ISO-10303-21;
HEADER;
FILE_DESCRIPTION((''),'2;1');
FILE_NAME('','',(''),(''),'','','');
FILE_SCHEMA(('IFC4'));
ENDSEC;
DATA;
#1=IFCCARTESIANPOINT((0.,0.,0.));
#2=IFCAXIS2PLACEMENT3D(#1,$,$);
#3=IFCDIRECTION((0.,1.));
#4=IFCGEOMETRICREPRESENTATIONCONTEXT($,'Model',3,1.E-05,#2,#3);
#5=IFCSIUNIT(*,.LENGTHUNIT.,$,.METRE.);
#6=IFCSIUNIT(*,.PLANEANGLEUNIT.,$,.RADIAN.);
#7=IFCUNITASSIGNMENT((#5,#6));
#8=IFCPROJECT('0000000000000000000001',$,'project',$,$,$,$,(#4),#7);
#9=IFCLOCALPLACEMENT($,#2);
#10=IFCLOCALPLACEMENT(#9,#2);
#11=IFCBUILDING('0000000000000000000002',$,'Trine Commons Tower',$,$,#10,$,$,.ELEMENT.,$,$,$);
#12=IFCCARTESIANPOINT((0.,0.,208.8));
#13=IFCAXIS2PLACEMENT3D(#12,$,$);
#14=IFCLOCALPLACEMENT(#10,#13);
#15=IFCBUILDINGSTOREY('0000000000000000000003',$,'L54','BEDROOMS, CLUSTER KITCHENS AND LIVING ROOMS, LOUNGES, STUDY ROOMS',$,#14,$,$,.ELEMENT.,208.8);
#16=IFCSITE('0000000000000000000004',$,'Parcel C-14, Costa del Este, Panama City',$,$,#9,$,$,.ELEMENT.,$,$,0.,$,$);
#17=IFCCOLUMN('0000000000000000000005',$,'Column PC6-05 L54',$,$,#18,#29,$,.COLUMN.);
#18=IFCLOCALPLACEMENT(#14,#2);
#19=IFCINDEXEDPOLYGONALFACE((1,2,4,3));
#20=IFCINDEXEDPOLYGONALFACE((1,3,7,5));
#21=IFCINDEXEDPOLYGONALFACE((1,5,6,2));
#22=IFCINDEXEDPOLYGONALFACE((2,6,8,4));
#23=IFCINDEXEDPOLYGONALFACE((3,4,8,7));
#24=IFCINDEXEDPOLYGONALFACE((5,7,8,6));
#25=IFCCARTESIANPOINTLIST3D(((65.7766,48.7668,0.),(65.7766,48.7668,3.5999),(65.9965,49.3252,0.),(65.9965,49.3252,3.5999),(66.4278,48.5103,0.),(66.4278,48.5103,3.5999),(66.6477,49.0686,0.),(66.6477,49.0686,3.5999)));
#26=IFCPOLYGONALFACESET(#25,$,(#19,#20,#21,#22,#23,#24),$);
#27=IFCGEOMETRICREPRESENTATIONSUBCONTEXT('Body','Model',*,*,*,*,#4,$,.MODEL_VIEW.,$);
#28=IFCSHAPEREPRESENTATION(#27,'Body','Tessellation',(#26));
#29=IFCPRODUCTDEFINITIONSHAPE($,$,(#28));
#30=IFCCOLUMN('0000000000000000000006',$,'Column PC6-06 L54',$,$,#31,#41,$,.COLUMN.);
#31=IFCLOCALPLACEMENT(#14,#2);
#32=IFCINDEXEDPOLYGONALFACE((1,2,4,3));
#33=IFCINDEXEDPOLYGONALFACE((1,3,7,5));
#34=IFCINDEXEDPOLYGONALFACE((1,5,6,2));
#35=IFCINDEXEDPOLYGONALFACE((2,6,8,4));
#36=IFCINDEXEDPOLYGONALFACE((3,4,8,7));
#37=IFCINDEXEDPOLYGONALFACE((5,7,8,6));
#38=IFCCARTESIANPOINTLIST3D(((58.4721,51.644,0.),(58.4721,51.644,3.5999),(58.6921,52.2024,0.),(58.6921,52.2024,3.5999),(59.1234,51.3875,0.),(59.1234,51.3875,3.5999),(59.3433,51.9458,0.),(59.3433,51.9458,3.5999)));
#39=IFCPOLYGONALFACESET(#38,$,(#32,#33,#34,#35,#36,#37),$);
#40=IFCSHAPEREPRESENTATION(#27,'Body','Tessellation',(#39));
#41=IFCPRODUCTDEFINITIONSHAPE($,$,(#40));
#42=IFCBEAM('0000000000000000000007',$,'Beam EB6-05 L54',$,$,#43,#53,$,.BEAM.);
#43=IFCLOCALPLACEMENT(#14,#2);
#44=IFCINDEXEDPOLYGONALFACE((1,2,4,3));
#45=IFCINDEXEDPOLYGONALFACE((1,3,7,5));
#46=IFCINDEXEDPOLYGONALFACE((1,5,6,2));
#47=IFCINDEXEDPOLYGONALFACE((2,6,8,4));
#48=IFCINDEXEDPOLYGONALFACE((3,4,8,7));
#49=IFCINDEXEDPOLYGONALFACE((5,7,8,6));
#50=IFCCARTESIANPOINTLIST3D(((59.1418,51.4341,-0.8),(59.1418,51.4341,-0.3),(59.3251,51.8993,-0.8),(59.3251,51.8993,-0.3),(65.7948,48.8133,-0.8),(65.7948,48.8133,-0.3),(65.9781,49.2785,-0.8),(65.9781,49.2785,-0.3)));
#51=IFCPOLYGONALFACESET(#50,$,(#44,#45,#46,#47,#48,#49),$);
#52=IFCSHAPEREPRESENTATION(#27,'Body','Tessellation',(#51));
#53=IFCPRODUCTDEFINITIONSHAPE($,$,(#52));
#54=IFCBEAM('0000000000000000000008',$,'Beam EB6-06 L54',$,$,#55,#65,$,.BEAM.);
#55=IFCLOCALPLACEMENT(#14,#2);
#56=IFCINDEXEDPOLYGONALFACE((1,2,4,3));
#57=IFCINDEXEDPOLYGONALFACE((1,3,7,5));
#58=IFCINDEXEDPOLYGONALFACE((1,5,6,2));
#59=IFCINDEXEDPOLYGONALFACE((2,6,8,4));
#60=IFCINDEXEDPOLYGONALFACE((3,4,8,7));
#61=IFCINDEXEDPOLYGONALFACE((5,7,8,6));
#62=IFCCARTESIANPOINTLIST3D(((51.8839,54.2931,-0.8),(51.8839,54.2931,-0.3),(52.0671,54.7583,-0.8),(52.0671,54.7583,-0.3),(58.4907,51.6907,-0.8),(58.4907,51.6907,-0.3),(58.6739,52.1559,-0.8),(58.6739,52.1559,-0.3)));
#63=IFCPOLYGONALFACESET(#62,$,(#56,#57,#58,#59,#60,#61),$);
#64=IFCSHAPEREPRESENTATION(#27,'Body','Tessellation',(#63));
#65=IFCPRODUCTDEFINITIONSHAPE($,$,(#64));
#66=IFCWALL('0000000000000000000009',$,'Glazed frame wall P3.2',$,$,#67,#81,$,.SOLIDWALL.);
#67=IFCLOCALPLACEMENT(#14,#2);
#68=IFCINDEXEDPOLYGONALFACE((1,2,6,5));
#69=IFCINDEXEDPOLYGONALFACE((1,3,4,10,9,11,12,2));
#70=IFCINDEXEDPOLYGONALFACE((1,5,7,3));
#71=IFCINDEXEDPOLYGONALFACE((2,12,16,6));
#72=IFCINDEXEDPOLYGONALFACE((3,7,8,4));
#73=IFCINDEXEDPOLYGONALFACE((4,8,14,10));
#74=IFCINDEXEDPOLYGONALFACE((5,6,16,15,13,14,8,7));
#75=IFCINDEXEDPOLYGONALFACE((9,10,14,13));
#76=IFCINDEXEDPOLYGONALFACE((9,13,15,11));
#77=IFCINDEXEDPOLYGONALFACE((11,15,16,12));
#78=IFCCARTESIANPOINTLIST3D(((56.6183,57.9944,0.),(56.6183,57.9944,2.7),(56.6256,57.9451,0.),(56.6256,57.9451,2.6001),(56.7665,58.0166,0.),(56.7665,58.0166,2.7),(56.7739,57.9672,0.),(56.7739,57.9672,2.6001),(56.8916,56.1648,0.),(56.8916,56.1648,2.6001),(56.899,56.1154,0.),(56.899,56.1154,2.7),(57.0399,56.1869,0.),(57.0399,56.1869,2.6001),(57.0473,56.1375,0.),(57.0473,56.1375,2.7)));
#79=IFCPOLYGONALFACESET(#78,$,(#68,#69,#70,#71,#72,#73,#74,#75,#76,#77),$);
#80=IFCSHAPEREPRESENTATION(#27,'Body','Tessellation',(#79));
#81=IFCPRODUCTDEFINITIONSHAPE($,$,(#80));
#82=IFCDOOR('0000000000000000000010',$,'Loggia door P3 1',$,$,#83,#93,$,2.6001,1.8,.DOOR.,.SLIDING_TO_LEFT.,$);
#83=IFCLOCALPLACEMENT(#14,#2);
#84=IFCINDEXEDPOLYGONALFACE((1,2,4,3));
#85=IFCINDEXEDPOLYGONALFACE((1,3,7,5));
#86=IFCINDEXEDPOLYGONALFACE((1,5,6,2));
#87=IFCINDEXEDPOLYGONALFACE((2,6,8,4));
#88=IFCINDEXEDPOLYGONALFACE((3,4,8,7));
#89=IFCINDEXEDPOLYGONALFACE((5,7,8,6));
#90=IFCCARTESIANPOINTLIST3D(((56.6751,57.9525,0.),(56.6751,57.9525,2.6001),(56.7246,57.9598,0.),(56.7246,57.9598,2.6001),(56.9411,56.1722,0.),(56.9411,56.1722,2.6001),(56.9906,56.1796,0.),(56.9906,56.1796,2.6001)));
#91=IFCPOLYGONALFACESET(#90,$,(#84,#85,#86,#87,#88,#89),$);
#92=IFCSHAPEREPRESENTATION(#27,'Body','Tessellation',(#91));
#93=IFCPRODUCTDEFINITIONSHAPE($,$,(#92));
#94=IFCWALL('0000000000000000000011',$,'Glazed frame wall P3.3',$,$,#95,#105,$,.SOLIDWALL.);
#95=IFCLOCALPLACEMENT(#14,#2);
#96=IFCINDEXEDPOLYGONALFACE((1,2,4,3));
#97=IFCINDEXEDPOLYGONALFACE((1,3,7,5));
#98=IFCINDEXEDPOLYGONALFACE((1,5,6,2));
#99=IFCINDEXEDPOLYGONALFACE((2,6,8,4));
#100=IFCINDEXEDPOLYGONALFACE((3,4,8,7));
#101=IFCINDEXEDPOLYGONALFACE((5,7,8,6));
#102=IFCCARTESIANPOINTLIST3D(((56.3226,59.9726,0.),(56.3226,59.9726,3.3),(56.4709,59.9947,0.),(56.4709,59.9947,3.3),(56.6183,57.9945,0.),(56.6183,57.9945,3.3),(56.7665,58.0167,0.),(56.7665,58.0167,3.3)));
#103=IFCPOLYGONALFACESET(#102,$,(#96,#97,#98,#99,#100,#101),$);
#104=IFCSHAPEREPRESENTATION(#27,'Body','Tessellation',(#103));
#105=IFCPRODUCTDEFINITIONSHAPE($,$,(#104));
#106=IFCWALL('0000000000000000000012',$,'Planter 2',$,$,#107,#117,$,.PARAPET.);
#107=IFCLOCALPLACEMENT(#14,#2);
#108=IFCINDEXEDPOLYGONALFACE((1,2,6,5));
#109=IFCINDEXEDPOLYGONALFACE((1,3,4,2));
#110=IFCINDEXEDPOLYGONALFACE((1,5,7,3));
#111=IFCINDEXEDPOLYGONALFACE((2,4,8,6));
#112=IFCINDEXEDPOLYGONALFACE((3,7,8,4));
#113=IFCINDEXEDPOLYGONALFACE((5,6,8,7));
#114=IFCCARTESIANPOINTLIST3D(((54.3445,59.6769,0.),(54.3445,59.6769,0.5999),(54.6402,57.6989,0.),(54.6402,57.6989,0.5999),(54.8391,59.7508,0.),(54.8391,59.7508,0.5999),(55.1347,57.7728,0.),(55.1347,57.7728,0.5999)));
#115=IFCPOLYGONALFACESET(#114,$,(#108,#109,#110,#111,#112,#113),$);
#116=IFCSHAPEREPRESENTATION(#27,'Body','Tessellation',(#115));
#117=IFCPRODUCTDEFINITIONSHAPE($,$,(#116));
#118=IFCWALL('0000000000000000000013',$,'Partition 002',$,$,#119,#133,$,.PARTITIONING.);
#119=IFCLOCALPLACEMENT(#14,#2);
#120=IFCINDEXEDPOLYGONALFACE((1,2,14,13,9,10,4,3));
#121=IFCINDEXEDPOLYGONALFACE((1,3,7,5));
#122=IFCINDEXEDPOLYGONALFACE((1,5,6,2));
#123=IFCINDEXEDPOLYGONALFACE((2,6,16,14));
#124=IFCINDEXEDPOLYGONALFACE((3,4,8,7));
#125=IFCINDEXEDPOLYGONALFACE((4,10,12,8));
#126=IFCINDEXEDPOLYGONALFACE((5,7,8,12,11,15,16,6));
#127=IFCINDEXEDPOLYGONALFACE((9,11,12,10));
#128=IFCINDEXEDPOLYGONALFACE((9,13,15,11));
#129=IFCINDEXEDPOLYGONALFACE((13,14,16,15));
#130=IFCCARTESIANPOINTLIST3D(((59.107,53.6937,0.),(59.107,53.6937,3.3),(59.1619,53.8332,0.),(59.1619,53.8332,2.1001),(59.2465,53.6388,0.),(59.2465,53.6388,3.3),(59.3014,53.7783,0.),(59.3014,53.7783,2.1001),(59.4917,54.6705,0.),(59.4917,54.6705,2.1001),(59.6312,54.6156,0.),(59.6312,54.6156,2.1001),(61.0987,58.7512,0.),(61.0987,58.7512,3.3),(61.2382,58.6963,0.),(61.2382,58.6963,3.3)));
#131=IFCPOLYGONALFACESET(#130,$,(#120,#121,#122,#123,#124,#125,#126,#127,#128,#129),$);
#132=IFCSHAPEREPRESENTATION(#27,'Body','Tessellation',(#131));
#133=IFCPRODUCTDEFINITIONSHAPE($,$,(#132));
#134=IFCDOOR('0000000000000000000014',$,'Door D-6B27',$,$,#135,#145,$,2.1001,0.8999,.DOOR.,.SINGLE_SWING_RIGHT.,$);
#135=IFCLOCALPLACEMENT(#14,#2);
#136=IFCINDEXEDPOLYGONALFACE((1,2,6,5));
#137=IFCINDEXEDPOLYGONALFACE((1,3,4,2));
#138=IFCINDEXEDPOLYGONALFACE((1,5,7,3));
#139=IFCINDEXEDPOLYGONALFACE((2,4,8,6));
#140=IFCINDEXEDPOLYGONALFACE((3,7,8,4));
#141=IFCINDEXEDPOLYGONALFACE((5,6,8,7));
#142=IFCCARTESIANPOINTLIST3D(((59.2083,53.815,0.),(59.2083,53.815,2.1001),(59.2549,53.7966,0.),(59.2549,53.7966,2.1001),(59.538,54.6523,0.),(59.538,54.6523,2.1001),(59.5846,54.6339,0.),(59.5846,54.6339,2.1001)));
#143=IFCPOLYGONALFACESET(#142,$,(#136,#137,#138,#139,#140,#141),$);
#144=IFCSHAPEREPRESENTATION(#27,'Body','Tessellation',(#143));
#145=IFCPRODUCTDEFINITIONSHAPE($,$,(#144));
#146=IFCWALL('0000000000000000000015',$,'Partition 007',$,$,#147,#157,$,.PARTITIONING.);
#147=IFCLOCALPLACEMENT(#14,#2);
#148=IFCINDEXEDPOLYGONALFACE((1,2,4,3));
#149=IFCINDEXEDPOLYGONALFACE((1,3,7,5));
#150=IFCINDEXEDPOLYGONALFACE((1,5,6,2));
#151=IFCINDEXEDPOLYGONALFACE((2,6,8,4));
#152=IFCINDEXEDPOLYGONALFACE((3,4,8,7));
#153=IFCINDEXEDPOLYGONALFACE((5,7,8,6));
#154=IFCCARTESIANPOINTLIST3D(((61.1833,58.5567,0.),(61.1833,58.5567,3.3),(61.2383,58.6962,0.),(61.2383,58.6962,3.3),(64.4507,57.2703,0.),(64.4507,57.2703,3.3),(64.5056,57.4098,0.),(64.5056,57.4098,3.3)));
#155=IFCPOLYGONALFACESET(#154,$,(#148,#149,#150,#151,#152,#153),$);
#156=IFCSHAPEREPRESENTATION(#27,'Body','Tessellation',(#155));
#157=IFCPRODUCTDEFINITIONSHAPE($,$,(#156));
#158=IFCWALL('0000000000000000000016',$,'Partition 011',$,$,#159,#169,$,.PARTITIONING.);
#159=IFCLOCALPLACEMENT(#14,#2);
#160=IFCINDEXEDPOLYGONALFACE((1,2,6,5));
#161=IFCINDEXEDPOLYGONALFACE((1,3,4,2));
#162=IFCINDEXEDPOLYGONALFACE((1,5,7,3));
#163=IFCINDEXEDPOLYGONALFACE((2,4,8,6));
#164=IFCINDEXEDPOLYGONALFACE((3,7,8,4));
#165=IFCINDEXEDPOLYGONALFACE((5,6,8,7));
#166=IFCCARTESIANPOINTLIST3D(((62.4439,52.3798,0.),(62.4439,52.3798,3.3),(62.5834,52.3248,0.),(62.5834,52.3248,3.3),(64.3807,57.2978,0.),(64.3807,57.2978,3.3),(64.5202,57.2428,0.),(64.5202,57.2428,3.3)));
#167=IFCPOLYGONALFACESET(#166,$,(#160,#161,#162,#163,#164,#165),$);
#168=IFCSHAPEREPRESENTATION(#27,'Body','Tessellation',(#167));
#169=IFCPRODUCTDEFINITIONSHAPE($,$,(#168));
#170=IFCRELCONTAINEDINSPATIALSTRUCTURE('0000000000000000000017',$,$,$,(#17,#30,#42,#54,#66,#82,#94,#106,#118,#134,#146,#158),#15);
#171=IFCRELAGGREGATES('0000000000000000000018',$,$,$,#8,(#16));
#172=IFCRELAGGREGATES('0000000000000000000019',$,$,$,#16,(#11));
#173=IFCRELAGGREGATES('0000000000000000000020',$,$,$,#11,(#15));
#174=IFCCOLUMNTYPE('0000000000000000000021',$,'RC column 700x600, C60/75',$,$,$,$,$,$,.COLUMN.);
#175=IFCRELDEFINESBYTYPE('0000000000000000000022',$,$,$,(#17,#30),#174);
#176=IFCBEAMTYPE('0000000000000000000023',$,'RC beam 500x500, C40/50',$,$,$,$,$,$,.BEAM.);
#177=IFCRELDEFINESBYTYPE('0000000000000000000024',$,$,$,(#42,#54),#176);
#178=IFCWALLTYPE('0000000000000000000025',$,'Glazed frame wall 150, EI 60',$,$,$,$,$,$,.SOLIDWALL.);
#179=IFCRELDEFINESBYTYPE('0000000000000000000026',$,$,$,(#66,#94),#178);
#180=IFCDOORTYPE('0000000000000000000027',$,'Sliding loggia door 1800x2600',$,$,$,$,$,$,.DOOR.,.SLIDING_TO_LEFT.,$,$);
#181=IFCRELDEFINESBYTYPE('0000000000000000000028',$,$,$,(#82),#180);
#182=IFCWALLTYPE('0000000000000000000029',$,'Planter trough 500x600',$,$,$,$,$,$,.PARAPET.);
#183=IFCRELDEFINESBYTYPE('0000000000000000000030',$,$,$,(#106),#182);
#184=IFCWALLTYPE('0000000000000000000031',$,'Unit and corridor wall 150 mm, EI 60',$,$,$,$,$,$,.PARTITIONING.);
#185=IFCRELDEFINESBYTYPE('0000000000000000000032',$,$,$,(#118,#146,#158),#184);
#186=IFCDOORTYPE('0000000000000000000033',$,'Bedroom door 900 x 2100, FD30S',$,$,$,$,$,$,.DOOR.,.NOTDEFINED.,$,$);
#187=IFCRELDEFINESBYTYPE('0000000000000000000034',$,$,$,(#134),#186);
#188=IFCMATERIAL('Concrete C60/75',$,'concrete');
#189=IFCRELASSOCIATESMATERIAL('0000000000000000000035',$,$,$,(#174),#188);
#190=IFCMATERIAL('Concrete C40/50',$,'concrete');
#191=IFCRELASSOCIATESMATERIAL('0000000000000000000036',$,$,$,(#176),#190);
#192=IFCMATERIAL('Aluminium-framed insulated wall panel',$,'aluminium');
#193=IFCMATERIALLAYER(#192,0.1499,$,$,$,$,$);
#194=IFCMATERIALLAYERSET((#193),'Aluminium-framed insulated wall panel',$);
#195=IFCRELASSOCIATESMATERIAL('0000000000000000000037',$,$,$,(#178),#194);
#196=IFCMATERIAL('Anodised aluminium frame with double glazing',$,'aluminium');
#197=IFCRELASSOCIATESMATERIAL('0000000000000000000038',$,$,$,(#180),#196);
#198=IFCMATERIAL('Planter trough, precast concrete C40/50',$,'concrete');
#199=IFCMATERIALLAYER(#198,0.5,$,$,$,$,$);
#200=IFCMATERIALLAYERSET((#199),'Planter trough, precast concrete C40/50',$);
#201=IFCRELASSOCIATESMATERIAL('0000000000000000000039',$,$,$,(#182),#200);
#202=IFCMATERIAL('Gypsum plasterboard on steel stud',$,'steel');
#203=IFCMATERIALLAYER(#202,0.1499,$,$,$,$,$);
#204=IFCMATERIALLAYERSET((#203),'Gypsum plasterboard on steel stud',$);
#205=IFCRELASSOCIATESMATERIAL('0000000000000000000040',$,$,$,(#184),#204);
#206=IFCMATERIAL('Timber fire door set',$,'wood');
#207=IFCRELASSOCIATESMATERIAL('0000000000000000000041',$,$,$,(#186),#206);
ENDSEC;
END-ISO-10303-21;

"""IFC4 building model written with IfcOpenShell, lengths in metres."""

from ifc_helpers import new_model, si_unit, direction, frame, frame_2d, origin, origin_2d, place, context, subcontext, project, spatial, polyline, rectangle, outline, extrude, material, layer, layer_set, material_profile, profile_set, type_object, element, fill, save


model = new_model("IFC4")

# Units and contexts
model_context = context("Model", 3, precision=1e-05, world=origin(), true_north=direction((0.0, 1.0)))
body_context = subcontext(model_context, "Body", "Model", "MODEL_VIEW")
ifc_project = project(units=[si_unit("LENGTHUNIT", "METRE"), si_unit("PLANEANGLEUNIT", "RADIAN")], contexts=[model_context])

# Site, building, storey
site_placement = place(None, origin())
site = spatial("IfcSite", under=ifc_project, at=site_placement, Name="Parcel C-14, Costa del Este, Panama City", CompositionType="ELEMENT", RefElevation=0.0)
building_placement = place(site_placement, origin())
building = spatial("IfcBuilding", under=site, at=building_placement, Name="Trine Commons Tower", CompositionType="ELEMENT")
storey_placement = place(building_placement, frame((0.0, 0.0, 208.8)))
storey = spatial("IfcBuildingStorey", under=building, at=storey_placement, Name="L54", Description="BEDROOMS, CLUSTER KITCHENS AND LIVING ROOMS, LOUNGES, STUDY ROOMS", CompositionType="ELEMENT", Elevation=208.8)

# Columns
ifc_material_1 = material(Name="Concrete C60/75", Category="concrete")
ifc_material_profile_1 = material_profile(ifc_material_1, rectangle(XDim=0.7, YDim=0.6001, at=origin_2d()), Name="RC 700x600")
ifc_profile_set_1 = profile_set([ifc_material_profile_1], Name="Concrete C60/75")
column_type = type_object("IfcColumnType", Name="RC column 700x600, C60/75", PredefinedType="COLUMN", material=ifc_profile_set_1)
for number, where, z_axis, x_axis, name in (
    (1, (66.2122, 48.9177, 0.0), (0.0, 0.0, 1.0), (-0.930418, 0.366501, 0.0), "Column PC6-05 L54"),
    (2, (58.9077, 51.7949, 0.0), (0.0, 0.0, 1.0), (-0.930418, 0.366501, 0.0), "Column PC6-06 L54"),
):
    element("IfcColumn", number, at=place(storey_placement, frame(where, z_axis=z_axis, x_axis=x_axis)), inside=storey, type_object=column_type, Name=name, PredefinedType="COLUMN", context=body_context, shape_type="SweptSolid", body=[
        extrude(rectangle(XDim=0.7, YDim=0.6001, at=origin_2d()), origin(), (0.0, 0.0, 1.0), 3.5999),
    ])

# Beams
ifc_material_2 = material(Name="Concrete C40/50", Category="concrete")
ifc_material_profile_2 = material_profile(ifc_material_2, rectangle(XDim=0.5, YDim=0.5, at=origin_2d()), Name="RC 500x500")
ifc_profile_set_2 = profile_set([ifc_material_profile_2], Name="Concrete C40/50")
beam_type = type_object("IfcBeamType", Name="RC beam 500x500, C40/50", PredefinedType="BEAM", material=ifc_profile_set_2)
beam_1_placement = place(storey_placement, frame((65.8865, 49.0459, -0.55), z_axis=(-0.930411, 0.366517, 0.0), x_axis=(-0.366517, -0.930411, 0.0)))
element("IfcBeam", 3, at=beam_1_placement, inside=storey, type_object=beam_type, Name="Beam EB6-05 L54", PredefinedType="BEAM", context=body_context, shape_type="SweptSolid", body=[
    extrude(rectangle(XDim=0.5, YDim=0.5, at=origin_2d()), origin(), (0.0, 0.0, 1.0), 7.1506),
])
beam_2_placement = place(storey_placement, frame((58.5823, 51.9233, -0.55), z_axis=(-0.930425, 0.366483, 0.0), x_axis=(-0.366483, -0.930425, 0.0)))
element("IfcBeam", 4, at=beam_2_placement, inside=storey, type_object=beam_type, Name="Beam EB6-06 L54", PredefinedType="BEAM", context=body_context, shape_type="SweptSolid", body=[
    extrude(rectangle(XDim=0.5, YDim=0.5, at=origin_2d()), origin(), (0.0, 0.0, 1.0), 7.1008),
])

# Shared definitions
ifc_material_3 = material(Name="Aluminium-framed insulated wall panel", Category="aluminium")
ifc_layer_1 = layer(ifc_material_3, 0.1499)
ifc_layer_set_1 = layer_set([ifc_layer_1], Name="Aluminium-framed insulated wall panel")
wall_type_1 = type_object("IfcWallType", Name="Glazed frame wall 150, EI 60", PredefinedType="SOLIDWALL", material=ifc_layer_set_1)

# Wall, opening, door
wall_1_placement = place(storey_placement, frame((56.9731, 56.1265, 0.0), z_axis=(0.0, 0.0, 1.0), x_axis=(-0.147769, 0.989022, 0.0)))
wall_1 = element("IfcWall", 5, at=wall_1_placement, inside=storey, type_object=wall_type_1, Name="Glazed frame wall P3.2", PredefinedType="SOLIDWALL", context=body_context, shape_type="SweptSolid", body=[
    extrude(outline(polyline([(0.0, -0.075), (1.8999, -0.075), (1.8999, 0.075), (0.0, 0.075), (0.0, -0.075)])), origin(), (0.0, 0.0, 1.0), 2.7),
])
opening_1_placement = place(wall_1_placement, frame((0.05, 0.0, 0.0)))
opening_1 = element("IfcOpeningElement", 6, at=opening_1_placement, cuts=wall_1, PredefinedType="OPENING", context=body_context, shape_type="SweptSolid", body=[
    extrude(rectangle(XDim=1.8, YDim=2.6001, at=frame_2d((0.8999, 1.3))), frame((0.0, 0.085, 0.0), z_axis=(0.0, -1.0, 0.0), x_axis=(1.0, 0.0, 0.0)), (0.0, 0.0, 1.0), 0.1699),
])
ifc_material_4 = material(Name="Anodised aluminium frame with double glazing", Category="aluminium")
door_type_1 = type_object("IfcDoorType", Name="Sliding loggia door 1800x2600", OperationType="SLIDING_TO_LEFT", PredefinedType="DOOR", material=ifc_material_4)
door_1_placement = place(opening_1_placement, origin())
door_1 = element("IfcDoor", 7, at=door_1_placement, inside=storey, type_object=door_type_1, Name="Loggia door P3 1", OperationType="SLIDING_TO_LEFT", OverallHeight=2.6001, OverallWidth=1.8, PredefinedType="DOOR", context=body_context, shape_type="SweptSolid", body=[
    extrude(rectangle(XDim=1.8, YDim=2.6001, at=frame_2d((0.8999, 1.3))), frame((0.0, 0.0249, 0.0), z_axis=(0.0, -1.0, 0.0), x_axis=(1.0, 0.0, 0.0)), (0.0, 0.0, 1.0), 0.05),
])
fill(opening_1, door_1)

# Walls
wall_2_placement = place(storey_placement, frame((56.6924, 58.0056, 0.0), z_axis=(0.0, 0.0, 1.0), x_axis=(-0.147827, 0.989013, 0.0)))
element("IfcWall", 8, at=wall_2_placement, inside=storey, type_object=wall_type_1, Name="Glazed frame wall P3.3", PredefinedType="SOLIDWALL", context=body_context, shape_type="SweptSolid", body=[
    extrude(outline(polyline([(0.0, -0.075), (2.0, -0.075), (2.0, 0.075), (0.0, 0.075), (0.0, -0.075)])), origin(), (0.0, 0.0, 1.0), 3.3),
])
ifc_material_5 = material(Name="Planter trough, precast concrete C40/50", Category="concrete")
ifc_layer_2 = layer(ifc_material_5, 0.5)
ifc_layer_set_2 = layer_set([ifc_layer_2], Name="Planter trough, precast concrete C40/50")
wall_type_2 = type_object("IfcWallType", Name="Planter trough 500x600", PredefinedType="PARAPET", material=ifc_layer_set_2)
wall_3_placement = place(storey_placement, frame((54.8875, 57.7358, 0.0), z_axis=(0.0, 0.0, 1.0), x_axis=(-0.147827, 0.989013, 0.0)))
element("IfcWall", 9, at=wall_3_placement, inside=storey, type_object=wall_type_2, Name="Planter 2", PredefinedType="PARAPET", context=body_context, shape_type="SweptSolid", body=[
    extrude(rectangle(XDim=2.0, YDim=0.5, at=frame_2d((1.0, 0.0))), origin(), (0.0, 0.0, 1.0), 0.5999),
])

# Wall, opening, door
ifc_material_6 = material(Name="Gypsum plasterboard on steel stud", Category="steel")
ifc_layer_3 = layer(ifc_material_6, 0.1499)
ifc_layer_set_3 = layer_set([ifc_layer_3], Name="Gypsum plasterboard on steel stud")
wall_type_3 = type_object("IfcWallType", Name="Unit and corridor wall 150 mm, EI 60", PredefinedType="PARTITIONING", material=ifc_layer_set_3)
wall_4_placement = place(storey_placement, frame((59.1768, 53.6663, 0.0), z_axis=(0.0, 0.0, 1.0), x_axis=(0.366414, 0.930452, 0.0)))
wall_4 = element("IfcWall", 10, at=wall_4_placement, inside=storey, type_object=wall_type_3, Name="Partition 002", PredefinedType="PARTITIONING", context=body_context, shape_type="SweptSolid", body=[
    extrude(rectangle(XDim=5.4355, YDim=0.1499, at=frame_2d((2.7178, 0.0))), origin(), (0.0, 0.0, 1.0), 3.3),
])
opening_2_placement = place(wall_4_placement, frame((0.1499, 0.0, 0.0)))
opening_2 = element("IfcOpeningElement", 11, at=opening_2_placement, cuts=wall_4, PredefinedType="OPENING", context=body_context, shape_type="SweptSolid", body=[
    extrude(rectangle(XDim=0.8999, YDim=2.1001, at=frame_2d((0.45, 1.05))), frame((0.0, 0.085, 0.0), z_axis=(0.0, -1.0, 0.0), x_axis=(1.0, 0.0, 0.0)), (0.0, 0.0, 1.0), 0.1699),
])
ifc_material_7 = material(Name="Timber fire door set", Category="wood")
door_type_2 = type_object("IfcDoorType", Name="Bedroom door 900 x 2100, FD30S", OperationType="NOTDEFINED", PredefinedType="DOOR", material=ifc_material_7)
door_2_placement = place(opening_2_placement, frame((0.8999, 0.0, 0.0), z_axis=(0.0, 0.0, 1.0), x_axis=(-1.0, 0.0, 0.0)))
door_2 = element("IfcDoor", 12, at=door_2_placement, inside=storey, type_object=door_type_2, Name="Door D-6B27", OperationType="SINGLE_SWING_RIGHT", OverallHeight=2.1001, OverallWidth=0.8999, PredefinedType="DOOR", context=body_context, shape_type="SweptSolid", body=[
    extrude(rectangle(XDim=0.8999, YDim=2.1001, at=frame_2d((0.45, 1.05))), frame((0.0, 0.0249, 0.0), z_axis=(0.0, -1.0, 0.0), x_axis=(1.0, 0.0, 0.0)), (0.0, 0.0, 1.0), 0.05),
])
fill(opening_2, door_2)

# Walls
wall_5_placement = place(storey_placement, frame((61.2107, 58.6265, 0.0), z_axis=(0.0, 0.0, 1.0), x_axis=(0.930482, -0.366338, 0.0)))
element("IfcWall", 13, at=wall_5_placement, inside=storey, type_object=wall_type_3, Name="Partition 007", PredefinedType="PARTITIONING", context=body_context, shape_type="SweptSolid", body=[
    extrude(rectangle(XDim=3.5115, YDim=0.1499, at=frame_2d((1.7559, 0.0))), origin(), (0.0, 0.0, 1.0), 3.3),
])
wall_6_placement = place(storey_placement, frame((62.5137, 52.3523, 0.0), z_axis=(0.0, 0.0, 1.0), x_axis=(0.366424, 0.930448, 0.0)))
element("IfcWall", 14, at=wall_6_placement, inside=storey, type_object=wall_type_3, Name="Partition 011", PredefinedType="PARTITIONING", context=body_context, shape_type="SweptSolid", body=[
    extrude(rectangle(XDim=5.2856, YDim=0.1499, at=frame_2d((2.6428, 0.0))), origin(), (0.0, 0.0, 1.0), 3.3),
])

save(model, "model.ifc")
